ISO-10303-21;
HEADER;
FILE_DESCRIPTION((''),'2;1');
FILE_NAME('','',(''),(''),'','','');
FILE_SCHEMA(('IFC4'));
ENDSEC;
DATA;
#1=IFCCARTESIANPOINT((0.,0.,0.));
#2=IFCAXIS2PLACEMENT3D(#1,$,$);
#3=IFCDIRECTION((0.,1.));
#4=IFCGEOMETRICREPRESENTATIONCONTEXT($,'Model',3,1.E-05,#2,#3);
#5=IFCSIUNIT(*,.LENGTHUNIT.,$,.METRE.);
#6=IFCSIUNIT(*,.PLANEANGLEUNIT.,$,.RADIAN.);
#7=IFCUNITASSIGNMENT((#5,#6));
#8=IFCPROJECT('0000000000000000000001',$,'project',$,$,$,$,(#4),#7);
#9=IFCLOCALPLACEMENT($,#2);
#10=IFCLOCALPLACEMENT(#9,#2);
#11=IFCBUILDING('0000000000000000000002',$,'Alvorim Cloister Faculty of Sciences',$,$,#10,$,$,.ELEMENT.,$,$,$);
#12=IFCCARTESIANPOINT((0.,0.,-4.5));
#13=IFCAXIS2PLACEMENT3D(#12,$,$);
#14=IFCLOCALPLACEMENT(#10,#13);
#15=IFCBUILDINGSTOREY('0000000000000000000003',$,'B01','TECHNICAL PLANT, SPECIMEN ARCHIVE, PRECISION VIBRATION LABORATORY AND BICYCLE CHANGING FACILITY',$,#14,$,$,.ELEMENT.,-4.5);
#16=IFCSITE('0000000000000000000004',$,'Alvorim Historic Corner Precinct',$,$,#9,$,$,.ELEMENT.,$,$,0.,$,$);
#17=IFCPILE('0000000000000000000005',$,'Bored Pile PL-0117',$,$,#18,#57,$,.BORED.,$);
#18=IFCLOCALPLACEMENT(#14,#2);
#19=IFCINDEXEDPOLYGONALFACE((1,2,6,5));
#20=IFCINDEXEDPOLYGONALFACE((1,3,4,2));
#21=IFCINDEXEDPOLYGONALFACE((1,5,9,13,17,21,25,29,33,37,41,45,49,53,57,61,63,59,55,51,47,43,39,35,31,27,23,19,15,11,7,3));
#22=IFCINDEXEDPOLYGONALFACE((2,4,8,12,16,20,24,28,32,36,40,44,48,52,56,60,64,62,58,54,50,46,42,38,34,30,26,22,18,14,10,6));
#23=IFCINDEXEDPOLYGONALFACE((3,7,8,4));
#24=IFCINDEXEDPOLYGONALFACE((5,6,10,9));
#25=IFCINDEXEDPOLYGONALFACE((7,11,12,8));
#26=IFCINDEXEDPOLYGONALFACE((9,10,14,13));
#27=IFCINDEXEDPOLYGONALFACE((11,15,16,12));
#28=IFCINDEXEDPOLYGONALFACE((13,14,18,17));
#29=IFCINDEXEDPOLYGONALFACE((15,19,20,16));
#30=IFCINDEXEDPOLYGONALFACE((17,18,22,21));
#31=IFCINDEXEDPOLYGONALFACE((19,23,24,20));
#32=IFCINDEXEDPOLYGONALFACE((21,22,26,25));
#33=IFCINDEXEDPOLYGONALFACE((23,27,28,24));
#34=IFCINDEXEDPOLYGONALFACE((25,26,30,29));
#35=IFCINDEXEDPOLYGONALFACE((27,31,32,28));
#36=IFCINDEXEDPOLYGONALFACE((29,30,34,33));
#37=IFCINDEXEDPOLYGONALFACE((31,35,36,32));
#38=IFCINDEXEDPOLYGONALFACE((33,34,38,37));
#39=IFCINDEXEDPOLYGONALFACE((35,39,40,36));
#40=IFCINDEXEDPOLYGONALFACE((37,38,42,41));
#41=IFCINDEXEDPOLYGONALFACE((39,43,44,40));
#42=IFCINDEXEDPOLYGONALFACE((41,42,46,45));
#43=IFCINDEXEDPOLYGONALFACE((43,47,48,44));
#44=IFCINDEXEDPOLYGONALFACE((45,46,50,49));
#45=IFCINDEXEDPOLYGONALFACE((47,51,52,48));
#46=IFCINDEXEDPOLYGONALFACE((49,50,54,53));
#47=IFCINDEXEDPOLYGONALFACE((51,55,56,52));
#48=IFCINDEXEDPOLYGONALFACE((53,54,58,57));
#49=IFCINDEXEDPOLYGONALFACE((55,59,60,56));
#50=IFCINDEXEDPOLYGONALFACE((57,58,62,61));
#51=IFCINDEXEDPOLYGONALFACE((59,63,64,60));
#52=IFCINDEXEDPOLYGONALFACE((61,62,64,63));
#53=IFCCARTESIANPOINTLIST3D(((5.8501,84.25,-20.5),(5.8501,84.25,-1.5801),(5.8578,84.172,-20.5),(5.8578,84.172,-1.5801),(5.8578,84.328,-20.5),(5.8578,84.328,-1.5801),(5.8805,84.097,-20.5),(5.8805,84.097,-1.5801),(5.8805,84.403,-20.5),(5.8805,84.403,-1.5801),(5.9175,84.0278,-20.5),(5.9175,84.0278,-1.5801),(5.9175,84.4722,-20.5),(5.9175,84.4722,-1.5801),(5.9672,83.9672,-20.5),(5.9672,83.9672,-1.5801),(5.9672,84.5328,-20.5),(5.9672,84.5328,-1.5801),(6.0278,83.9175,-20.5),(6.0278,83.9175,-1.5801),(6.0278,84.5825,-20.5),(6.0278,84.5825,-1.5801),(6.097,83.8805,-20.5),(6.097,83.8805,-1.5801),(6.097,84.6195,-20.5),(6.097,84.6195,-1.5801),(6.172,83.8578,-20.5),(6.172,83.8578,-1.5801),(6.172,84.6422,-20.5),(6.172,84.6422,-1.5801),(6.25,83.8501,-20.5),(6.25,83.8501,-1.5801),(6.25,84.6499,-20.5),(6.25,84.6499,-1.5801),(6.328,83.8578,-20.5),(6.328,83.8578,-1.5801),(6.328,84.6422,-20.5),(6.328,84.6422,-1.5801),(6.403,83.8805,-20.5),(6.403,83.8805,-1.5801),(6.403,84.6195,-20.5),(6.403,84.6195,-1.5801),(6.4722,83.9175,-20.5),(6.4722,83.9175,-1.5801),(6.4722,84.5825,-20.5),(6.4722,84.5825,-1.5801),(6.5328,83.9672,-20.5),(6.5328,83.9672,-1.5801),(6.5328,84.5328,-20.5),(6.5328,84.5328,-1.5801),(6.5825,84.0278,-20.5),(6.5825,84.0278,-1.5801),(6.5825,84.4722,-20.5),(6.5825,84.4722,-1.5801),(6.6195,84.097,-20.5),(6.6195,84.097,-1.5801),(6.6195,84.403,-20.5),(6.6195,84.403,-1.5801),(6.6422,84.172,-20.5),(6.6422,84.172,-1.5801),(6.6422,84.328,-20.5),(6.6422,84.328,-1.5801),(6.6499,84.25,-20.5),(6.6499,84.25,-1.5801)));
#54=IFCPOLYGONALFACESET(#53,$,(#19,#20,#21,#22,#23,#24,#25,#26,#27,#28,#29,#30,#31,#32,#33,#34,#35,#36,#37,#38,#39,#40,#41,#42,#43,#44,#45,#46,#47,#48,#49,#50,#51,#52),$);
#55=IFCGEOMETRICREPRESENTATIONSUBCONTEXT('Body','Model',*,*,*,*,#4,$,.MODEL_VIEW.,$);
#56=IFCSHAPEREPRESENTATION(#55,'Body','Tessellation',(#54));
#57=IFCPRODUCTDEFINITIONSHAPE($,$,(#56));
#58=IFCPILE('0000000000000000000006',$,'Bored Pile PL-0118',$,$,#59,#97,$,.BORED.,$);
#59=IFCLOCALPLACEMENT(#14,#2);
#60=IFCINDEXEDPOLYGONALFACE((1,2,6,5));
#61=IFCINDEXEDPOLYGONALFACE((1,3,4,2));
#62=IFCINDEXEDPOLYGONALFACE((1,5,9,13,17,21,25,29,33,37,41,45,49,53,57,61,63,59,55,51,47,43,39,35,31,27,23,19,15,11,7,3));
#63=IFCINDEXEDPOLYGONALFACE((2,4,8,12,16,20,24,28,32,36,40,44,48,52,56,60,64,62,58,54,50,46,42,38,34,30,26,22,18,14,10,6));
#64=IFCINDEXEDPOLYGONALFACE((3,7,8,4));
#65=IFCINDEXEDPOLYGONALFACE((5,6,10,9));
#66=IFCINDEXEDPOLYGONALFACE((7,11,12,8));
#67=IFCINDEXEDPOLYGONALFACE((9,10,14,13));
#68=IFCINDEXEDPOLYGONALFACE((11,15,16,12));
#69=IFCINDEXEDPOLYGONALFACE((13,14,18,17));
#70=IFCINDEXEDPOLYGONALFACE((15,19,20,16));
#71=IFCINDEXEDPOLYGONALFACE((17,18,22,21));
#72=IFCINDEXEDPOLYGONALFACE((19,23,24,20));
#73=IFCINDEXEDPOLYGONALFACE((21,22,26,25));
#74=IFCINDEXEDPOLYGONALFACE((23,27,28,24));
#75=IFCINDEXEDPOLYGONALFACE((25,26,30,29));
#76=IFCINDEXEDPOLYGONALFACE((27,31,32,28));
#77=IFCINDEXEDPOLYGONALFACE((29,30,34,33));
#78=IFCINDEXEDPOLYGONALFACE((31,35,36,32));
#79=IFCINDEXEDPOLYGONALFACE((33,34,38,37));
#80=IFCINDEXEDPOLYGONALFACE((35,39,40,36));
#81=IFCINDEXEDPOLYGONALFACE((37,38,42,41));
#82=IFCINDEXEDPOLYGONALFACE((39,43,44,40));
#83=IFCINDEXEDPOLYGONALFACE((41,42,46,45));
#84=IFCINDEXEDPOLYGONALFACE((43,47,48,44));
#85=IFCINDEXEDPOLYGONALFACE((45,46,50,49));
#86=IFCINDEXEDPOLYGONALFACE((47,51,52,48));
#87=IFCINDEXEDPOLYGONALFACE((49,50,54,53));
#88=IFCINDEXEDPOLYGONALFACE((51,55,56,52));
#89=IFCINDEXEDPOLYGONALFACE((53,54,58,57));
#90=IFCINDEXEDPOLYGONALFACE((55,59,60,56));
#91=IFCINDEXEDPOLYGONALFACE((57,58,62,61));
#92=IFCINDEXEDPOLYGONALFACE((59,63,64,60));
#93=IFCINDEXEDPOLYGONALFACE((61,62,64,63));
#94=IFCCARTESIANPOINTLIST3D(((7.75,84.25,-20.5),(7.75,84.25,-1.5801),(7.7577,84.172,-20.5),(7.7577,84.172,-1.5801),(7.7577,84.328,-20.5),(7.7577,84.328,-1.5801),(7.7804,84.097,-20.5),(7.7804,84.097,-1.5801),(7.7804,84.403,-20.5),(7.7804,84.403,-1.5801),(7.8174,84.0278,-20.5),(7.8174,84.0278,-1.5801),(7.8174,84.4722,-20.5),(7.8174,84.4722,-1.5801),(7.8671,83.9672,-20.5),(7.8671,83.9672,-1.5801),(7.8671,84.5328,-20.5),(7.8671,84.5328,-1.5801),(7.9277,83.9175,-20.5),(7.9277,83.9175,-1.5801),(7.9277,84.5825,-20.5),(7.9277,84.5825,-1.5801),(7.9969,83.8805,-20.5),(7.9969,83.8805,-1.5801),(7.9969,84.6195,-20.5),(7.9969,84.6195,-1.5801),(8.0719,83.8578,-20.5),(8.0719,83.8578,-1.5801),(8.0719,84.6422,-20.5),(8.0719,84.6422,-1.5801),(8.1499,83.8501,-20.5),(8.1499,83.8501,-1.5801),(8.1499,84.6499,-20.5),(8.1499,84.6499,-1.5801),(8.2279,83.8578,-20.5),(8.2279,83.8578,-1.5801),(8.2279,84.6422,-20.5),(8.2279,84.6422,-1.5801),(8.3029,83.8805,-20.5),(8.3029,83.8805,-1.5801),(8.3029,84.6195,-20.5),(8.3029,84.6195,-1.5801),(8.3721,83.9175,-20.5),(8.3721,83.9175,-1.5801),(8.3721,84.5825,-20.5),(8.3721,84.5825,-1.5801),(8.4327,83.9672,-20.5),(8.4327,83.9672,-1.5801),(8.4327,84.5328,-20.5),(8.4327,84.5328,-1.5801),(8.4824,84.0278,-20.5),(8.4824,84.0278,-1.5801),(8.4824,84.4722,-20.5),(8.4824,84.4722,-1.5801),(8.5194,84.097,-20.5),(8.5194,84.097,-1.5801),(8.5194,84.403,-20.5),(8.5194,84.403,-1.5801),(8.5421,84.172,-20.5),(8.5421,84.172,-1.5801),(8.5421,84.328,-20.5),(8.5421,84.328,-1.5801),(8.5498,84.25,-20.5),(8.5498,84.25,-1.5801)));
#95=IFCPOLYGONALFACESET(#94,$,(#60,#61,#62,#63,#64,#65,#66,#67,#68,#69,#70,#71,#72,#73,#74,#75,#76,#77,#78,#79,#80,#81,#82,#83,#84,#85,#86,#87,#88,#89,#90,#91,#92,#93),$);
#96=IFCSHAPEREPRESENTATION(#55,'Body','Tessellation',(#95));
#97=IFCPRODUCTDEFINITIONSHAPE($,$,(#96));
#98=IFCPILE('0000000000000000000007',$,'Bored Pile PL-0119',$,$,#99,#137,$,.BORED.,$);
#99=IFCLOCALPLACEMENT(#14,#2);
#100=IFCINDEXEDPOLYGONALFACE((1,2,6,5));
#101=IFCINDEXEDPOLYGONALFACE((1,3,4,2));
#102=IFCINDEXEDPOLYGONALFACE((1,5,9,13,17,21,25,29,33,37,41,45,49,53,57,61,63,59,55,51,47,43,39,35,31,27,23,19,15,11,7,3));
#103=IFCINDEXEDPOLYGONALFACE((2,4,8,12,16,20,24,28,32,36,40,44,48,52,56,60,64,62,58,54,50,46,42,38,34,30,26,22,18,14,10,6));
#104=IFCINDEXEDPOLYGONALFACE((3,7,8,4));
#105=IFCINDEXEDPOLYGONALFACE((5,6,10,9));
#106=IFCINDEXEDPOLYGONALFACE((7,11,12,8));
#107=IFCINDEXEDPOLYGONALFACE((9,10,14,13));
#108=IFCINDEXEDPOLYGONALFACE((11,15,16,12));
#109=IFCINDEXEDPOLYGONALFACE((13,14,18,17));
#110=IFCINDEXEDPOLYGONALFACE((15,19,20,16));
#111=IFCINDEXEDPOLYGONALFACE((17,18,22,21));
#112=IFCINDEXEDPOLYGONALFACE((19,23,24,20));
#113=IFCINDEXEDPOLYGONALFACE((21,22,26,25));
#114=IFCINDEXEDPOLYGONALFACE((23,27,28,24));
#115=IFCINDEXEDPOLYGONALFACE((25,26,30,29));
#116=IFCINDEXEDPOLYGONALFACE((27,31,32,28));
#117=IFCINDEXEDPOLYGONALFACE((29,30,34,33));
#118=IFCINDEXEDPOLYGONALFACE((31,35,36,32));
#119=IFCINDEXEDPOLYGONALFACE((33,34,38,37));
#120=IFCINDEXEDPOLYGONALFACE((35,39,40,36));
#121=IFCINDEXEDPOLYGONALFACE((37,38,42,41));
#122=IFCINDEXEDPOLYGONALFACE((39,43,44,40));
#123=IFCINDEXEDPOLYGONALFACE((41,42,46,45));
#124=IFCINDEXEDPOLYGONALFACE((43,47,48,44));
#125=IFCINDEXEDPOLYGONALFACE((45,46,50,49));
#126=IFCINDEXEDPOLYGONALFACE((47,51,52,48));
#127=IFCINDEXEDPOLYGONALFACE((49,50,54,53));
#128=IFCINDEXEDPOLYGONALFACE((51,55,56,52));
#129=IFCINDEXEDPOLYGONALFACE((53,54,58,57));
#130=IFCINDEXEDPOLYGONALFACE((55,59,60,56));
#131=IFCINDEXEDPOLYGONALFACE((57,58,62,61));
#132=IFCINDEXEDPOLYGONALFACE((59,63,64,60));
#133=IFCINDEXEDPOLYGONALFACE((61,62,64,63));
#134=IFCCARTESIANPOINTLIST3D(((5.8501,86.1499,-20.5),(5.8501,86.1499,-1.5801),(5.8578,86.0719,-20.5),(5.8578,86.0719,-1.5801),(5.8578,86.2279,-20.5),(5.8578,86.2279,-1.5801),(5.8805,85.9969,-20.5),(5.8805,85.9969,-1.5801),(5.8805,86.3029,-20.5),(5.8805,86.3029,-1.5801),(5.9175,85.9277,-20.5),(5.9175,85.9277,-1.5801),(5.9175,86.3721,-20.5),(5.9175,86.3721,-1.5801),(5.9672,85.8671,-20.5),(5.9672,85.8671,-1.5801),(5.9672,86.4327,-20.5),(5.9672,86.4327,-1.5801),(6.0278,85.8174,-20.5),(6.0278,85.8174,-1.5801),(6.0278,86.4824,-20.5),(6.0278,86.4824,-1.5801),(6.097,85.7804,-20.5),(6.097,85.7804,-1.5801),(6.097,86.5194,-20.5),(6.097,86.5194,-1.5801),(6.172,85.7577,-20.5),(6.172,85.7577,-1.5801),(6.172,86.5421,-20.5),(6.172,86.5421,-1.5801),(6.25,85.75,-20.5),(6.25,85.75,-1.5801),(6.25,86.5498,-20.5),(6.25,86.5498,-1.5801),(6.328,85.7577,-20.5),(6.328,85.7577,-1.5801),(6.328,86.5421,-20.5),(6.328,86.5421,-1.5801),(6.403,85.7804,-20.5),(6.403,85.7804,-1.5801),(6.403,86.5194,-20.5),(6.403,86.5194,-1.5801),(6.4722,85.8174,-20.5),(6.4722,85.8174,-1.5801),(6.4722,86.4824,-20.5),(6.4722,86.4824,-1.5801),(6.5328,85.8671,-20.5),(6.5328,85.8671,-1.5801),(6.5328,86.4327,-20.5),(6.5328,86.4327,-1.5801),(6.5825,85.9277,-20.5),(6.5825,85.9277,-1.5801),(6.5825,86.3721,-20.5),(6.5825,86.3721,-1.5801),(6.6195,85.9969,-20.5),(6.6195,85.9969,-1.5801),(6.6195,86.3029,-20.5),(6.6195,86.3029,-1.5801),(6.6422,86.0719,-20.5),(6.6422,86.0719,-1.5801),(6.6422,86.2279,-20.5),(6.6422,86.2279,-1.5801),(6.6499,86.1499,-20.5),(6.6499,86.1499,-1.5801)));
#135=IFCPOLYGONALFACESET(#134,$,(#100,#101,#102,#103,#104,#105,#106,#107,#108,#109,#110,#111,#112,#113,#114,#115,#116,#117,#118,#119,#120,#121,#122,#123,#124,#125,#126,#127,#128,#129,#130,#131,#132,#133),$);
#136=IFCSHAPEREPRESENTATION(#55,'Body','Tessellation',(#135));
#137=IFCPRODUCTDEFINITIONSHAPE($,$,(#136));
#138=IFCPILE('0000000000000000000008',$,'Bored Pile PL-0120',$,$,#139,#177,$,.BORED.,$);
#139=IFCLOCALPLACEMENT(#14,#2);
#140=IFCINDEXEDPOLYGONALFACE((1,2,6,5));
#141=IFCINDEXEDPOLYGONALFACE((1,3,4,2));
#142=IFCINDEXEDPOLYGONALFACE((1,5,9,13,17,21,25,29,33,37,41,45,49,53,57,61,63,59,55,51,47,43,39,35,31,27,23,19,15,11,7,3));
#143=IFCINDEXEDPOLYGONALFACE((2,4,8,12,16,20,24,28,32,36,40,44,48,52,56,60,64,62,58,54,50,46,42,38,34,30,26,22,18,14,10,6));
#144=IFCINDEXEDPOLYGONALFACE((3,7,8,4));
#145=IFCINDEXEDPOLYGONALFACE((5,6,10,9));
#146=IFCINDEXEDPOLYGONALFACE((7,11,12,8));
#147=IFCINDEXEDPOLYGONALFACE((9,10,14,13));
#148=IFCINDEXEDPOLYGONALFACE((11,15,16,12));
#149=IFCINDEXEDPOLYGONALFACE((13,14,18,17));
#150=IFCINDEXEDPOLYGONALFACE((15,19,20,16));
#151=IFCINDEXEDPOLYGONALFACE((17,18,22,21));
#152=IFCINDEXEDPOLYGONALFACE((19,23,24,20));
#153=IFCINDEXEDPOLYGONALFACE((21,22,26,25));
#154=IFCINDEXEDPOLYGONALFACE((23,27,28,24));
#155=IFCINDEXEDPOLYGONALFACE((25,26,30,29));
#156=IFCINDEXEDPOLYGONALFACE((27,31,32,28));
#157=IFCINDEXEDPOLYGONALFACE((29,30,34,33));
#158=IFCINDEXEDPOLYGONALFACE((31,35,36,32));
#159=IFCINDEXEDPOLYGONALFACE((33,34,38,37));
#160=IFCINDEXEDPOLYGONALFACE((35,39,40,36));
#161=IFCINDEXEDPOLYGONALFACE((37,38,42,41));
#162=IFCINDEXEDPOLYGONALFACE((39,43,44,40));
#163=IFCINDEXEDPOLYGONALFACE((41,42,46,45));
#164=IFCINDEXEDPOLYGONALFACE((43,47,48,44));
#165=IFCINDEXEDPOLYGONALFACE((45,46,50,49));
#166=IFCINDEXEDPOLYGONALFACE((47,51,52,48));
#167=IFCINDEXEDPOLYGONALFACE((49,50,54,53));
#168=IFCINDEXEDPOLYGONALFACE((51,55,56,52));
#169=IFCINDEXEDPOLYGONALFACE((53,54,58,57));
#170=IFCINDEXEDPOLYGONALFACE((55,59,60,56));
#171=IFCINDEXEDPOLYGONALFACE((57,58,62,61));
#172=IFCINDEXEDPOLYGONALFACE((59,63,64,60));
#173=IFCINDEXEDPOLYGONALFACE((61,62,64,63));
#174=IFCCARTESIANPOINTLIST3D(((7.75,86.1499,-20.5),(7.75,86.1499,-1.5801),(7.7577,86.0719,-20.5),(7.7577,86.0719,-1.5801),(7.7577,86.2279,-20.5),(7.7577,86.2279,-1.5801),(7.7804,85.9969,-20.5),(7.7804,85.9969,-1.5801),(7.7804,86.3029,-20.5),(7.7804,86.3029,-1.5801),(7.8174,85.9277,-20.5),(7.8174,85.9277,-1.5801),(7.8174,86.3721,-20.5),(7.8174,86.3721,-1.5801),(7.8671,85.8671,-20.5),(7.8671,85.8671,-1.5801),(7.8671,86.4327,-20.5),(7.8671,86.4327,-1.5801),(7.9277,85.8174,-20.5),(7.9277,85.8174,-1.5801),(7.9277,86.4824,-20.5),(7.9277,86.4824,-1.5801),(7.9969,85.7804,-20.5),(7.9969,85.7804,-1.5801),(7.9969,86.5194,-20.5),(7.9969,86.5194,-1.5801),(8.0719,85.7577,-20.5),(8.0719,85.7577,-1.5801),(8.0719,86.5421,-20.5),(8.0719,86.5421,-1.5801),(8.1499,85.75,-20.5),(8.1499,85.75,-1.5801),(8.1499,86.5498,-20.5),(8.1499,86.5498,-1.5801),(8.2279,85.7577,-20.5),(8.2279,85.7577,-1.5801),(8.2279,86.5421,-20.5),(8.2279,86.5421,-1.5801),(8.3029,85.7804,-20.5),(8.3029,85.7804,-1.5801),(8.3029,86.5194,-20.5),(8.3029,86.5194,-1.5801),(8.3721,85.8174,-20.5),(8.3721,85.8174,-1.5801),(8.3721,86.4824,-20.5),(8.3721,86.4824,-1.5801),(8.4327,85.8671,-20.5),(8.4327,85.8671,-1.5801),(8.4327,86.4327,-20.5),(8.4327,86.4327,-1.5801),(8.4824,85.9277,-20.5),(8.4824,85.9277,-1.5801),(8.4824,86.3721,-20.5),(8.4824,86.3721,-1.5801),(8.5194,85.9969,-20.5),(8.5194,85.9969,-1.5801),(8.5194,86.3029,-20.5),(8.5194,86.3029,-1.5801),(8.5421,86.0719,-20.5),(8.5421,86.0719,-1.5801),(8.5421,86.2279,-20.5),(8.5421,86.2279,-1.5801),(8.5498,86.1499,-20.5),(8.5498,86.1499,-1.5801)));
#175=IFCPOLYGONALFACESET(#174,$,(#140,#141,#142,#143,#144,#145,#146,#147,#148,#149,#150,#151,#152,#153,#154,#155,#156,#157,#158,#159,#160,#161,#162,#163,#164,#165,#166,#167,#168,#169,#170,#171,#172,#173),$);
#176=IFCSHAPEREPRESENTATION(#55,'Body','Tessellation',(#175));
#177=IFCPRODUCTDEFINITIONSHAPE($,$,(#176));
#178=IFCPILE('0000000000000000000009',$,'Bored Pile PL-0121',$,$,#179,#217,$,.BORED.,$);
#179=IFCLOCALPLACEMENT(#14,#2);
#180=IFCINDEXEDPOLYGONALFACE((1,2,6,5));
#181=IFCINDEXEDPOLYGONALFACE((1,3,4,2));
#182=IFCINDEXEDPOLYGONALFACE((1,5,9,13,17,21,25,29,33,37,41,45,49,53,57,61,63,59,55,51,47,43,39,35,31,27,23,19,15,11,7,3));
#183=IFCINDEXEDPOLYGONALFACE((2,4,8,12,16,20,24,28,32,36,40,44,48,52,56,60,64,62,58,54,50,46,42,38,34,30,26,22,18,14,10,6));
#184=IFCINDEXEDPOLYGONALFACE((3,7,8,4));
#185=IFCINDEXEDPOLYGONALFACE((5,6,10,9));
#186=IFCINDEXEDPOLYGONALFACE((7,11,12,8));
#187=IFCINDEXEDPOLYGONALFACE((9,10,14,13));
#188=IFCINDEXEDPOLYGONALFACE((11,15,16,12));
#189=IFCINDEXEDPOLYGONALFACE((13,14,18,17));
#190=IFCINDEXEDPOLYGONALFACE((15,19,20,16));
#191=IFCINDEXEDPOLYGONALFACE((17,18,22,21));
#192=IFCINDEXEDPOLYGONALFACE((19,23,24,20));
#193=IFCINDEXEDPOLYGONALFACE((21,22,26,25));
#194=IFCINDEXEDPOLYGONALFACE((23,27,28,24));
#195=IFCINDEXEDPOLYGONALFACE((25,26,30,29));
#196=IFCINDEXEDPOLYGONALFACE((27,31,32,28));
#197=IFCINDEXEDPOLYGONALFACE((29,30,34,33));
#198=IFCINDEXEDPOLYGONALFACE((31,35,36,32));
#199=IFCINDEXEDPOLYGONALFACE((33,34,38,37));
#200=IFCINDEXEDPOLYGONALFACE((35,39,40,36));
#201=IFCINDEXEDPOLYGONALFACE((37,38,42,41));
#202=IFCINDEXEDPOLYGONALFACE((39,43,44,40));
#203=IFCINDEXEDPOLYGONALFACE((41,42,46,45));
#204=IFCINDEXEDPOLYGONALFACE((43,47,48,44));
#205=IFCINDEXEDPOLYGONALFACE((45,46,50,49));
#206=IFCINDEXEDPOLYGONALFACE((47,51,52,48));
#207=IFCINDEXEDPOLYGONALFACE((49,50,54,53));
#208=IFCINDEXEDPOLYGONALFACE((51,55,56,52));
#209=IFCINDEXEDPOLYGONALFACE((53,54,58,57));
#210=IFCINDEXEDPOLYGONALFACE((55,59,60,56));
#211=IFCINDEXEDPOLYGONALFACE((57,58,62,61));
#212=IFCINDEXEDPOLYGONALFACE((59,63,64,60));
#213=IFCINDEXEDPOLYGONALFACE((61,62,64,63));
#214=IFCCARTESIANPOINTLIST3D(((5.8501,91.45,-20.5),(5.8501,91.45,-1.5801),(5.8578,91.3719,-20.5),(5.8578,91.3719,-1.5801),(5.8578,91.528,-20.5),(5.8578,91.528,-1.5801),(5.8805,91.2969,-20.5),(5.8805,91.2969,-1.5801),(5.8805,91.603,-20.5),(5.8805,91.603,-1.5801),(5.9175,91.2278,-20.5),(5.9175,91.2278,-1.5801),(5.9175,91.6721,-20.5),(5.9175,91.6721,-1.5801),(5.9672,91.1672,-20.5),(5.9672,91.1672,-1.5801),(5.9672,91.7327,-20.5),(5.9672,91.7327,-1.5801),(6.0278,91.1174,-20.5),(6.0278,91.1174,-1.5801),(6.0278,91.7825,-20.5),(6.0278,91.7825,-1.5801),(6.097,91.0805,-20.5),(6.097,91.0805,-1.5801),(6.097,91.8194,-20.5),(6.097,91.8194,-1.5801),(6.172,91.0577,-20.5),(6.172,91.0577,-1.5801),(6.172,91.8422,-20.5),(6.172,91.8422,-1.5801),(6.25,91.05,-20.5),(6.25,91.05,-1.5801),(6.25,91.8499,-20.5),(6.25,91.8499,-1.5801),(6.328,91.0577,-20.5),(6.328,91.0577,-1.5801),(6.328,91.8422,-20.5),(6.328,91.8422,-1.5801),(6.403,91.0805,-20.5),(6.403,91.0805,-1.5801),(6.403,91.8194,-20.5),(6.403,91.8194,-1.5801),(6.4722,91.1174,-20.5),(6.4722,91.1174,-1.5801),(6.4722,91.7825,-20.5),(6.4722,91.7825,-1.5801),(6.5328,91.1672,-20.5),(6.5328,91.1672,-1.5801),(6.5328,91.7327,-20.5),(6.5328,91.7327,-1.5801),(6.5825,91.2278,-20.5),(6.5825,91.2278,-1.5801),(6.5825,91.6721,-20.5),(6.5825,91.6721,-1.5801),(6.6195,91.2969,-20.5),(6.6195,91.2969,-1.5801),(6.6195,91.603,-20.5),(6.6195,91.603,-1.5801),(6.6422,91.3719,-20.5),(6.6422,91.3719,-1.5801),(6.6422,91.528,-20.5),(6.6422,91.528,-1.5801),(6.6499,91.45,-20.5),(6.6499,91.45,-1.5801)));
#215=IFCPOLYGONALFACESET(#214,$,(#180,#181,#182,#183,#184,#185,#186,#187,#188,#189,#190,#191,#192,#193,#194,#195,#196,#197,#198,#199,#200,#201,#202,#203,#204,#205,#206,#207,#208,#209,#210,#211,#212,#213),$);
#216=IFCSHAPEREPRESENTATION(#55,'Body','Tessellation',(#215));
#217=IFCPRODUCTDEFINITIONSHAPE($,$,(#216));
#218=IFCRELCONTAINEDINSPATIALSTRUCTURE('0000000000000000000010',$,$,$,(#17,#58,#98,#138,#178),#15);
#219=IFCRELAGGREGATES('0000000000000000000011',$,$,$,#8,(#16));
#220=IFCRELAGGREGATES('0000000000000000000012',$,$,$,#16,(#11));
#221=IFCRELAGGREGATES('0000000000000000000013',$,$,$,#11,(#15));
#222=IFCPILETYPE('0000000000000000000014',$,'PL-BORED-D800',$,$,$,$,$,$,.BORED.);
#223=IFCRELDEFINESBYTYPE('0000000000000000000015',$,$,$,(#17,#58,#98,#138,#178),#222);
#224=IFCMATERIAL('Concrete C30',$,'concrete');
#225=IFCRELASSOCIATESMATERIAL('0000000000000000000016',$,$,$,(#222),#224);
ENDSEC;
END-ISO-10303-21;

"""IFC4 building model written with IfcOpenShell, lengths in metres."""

from ifc_helpers import new_model, si_unit, direction, frame, origin, origin_2d, place, context, subcontext, project, spatial, circle, extrude, material, material_profile, profile_set, type_object, element, save


model = new_model("IFC4")

# Units and contexts
model_context = context("Model", 3, precision=1e-05, world=origin(), true_north=direction((0.0, 1.0)))
body_context = subcontext(model_context, "Body", "Model", "MODEL_VIEW")
ifc_project = project(units=[si_unit("LENGTHUNIT", "METRE"), si_unit("PLANEANGLEUNIT", "RADIAN")], contexts=[model_context])

# Site, building, storey
site_placement = place(None, origin())
site = spatial("IfcSite", under=ifc_project, at=site_placement, Name="Alvorim Historic Corner Precinct", CompositionType="ELEMENT", RefElevation=0.0)
building_placement = place(site_placement, origin())
building = spatial("IfcBuilding", under=site, at=building_placement, Name="Alvorim Cloister Faculty of Sciences", CompositionType="ELEMENT")
storey_placement = place(building_placement, frame((0.0, 0.0, -4.5)))
storey = spatial("IfcBuildingStorey", under=building, at=storey_placement, Name="B01", Description="TECHNICAL PLANT, SPECIMEN ARCHIVE, PRECISION VIBRATION LABORATORY AND BICYCLE CHANGING FACILITY", CompositionType="ELEMENT", Elevation=-4.5)

# Piles
ifc_material_1 = material(Name="Concrete C30", Category="concrete")
ifc_material_profile_1 = material_profile(ifc_material_1, circle(Radius=0.3999, at=origin_2d()), Name="PILE-D800")
ifc_profile_set_1 = profile_set([ifc_material_profile_1], Name="Concrete C30")
pile_type = type_object("IfcPileType", Name="PL-BORED-D800", PredefinedType="BORED", material=ifc_profile_set_1)
for number, where, z_axis, x_axis, name in (
    (1, (6.25, 84.25, -1.5801), (0.0, 0.0, -1.0), (1.0, 0.0, 0.0), "Bored Pile PL-0117"),
    (2, (8.1499, 84.25, -1.5801), (0.0, 0.0, -1.0), (1.0, 0.0, 0.0), "Bored Pile PL-0118"),
    (3, (6.25, 86.1499, -1.5801), (0.0, 0.0, -1.0), (1.0, 0.0, 0.0), "Bored Pile PL-0119"),
    (4, (8.1499, 86.1499, -1.5801), (0.0, 0.0, -1.0), (1.0, 0.0, 0.0), "Bored Pile PL-0120"),
    (5, (6.25, 91.45, -1.5801), (0.0, 0.0, -1.0), (1.0, 0.0, 0.0), "Bored Pile PL-0121"),
):
    element("IfcPile", number, at=place(storey_placement, frame(where, z_axis=z_axis, x_axis=x_axis)), inside=storey, type_object=pile_type, Name=name, PredefinedType="BORED", context=body_context, shape_type="SweptSolid", body=[
        extrude(circle(Radius=0.3999, at=origin_2d()), origin(), (0.0, 0.0, 1.0), 18.9199),
    ])

save(model, "model.ifc")
